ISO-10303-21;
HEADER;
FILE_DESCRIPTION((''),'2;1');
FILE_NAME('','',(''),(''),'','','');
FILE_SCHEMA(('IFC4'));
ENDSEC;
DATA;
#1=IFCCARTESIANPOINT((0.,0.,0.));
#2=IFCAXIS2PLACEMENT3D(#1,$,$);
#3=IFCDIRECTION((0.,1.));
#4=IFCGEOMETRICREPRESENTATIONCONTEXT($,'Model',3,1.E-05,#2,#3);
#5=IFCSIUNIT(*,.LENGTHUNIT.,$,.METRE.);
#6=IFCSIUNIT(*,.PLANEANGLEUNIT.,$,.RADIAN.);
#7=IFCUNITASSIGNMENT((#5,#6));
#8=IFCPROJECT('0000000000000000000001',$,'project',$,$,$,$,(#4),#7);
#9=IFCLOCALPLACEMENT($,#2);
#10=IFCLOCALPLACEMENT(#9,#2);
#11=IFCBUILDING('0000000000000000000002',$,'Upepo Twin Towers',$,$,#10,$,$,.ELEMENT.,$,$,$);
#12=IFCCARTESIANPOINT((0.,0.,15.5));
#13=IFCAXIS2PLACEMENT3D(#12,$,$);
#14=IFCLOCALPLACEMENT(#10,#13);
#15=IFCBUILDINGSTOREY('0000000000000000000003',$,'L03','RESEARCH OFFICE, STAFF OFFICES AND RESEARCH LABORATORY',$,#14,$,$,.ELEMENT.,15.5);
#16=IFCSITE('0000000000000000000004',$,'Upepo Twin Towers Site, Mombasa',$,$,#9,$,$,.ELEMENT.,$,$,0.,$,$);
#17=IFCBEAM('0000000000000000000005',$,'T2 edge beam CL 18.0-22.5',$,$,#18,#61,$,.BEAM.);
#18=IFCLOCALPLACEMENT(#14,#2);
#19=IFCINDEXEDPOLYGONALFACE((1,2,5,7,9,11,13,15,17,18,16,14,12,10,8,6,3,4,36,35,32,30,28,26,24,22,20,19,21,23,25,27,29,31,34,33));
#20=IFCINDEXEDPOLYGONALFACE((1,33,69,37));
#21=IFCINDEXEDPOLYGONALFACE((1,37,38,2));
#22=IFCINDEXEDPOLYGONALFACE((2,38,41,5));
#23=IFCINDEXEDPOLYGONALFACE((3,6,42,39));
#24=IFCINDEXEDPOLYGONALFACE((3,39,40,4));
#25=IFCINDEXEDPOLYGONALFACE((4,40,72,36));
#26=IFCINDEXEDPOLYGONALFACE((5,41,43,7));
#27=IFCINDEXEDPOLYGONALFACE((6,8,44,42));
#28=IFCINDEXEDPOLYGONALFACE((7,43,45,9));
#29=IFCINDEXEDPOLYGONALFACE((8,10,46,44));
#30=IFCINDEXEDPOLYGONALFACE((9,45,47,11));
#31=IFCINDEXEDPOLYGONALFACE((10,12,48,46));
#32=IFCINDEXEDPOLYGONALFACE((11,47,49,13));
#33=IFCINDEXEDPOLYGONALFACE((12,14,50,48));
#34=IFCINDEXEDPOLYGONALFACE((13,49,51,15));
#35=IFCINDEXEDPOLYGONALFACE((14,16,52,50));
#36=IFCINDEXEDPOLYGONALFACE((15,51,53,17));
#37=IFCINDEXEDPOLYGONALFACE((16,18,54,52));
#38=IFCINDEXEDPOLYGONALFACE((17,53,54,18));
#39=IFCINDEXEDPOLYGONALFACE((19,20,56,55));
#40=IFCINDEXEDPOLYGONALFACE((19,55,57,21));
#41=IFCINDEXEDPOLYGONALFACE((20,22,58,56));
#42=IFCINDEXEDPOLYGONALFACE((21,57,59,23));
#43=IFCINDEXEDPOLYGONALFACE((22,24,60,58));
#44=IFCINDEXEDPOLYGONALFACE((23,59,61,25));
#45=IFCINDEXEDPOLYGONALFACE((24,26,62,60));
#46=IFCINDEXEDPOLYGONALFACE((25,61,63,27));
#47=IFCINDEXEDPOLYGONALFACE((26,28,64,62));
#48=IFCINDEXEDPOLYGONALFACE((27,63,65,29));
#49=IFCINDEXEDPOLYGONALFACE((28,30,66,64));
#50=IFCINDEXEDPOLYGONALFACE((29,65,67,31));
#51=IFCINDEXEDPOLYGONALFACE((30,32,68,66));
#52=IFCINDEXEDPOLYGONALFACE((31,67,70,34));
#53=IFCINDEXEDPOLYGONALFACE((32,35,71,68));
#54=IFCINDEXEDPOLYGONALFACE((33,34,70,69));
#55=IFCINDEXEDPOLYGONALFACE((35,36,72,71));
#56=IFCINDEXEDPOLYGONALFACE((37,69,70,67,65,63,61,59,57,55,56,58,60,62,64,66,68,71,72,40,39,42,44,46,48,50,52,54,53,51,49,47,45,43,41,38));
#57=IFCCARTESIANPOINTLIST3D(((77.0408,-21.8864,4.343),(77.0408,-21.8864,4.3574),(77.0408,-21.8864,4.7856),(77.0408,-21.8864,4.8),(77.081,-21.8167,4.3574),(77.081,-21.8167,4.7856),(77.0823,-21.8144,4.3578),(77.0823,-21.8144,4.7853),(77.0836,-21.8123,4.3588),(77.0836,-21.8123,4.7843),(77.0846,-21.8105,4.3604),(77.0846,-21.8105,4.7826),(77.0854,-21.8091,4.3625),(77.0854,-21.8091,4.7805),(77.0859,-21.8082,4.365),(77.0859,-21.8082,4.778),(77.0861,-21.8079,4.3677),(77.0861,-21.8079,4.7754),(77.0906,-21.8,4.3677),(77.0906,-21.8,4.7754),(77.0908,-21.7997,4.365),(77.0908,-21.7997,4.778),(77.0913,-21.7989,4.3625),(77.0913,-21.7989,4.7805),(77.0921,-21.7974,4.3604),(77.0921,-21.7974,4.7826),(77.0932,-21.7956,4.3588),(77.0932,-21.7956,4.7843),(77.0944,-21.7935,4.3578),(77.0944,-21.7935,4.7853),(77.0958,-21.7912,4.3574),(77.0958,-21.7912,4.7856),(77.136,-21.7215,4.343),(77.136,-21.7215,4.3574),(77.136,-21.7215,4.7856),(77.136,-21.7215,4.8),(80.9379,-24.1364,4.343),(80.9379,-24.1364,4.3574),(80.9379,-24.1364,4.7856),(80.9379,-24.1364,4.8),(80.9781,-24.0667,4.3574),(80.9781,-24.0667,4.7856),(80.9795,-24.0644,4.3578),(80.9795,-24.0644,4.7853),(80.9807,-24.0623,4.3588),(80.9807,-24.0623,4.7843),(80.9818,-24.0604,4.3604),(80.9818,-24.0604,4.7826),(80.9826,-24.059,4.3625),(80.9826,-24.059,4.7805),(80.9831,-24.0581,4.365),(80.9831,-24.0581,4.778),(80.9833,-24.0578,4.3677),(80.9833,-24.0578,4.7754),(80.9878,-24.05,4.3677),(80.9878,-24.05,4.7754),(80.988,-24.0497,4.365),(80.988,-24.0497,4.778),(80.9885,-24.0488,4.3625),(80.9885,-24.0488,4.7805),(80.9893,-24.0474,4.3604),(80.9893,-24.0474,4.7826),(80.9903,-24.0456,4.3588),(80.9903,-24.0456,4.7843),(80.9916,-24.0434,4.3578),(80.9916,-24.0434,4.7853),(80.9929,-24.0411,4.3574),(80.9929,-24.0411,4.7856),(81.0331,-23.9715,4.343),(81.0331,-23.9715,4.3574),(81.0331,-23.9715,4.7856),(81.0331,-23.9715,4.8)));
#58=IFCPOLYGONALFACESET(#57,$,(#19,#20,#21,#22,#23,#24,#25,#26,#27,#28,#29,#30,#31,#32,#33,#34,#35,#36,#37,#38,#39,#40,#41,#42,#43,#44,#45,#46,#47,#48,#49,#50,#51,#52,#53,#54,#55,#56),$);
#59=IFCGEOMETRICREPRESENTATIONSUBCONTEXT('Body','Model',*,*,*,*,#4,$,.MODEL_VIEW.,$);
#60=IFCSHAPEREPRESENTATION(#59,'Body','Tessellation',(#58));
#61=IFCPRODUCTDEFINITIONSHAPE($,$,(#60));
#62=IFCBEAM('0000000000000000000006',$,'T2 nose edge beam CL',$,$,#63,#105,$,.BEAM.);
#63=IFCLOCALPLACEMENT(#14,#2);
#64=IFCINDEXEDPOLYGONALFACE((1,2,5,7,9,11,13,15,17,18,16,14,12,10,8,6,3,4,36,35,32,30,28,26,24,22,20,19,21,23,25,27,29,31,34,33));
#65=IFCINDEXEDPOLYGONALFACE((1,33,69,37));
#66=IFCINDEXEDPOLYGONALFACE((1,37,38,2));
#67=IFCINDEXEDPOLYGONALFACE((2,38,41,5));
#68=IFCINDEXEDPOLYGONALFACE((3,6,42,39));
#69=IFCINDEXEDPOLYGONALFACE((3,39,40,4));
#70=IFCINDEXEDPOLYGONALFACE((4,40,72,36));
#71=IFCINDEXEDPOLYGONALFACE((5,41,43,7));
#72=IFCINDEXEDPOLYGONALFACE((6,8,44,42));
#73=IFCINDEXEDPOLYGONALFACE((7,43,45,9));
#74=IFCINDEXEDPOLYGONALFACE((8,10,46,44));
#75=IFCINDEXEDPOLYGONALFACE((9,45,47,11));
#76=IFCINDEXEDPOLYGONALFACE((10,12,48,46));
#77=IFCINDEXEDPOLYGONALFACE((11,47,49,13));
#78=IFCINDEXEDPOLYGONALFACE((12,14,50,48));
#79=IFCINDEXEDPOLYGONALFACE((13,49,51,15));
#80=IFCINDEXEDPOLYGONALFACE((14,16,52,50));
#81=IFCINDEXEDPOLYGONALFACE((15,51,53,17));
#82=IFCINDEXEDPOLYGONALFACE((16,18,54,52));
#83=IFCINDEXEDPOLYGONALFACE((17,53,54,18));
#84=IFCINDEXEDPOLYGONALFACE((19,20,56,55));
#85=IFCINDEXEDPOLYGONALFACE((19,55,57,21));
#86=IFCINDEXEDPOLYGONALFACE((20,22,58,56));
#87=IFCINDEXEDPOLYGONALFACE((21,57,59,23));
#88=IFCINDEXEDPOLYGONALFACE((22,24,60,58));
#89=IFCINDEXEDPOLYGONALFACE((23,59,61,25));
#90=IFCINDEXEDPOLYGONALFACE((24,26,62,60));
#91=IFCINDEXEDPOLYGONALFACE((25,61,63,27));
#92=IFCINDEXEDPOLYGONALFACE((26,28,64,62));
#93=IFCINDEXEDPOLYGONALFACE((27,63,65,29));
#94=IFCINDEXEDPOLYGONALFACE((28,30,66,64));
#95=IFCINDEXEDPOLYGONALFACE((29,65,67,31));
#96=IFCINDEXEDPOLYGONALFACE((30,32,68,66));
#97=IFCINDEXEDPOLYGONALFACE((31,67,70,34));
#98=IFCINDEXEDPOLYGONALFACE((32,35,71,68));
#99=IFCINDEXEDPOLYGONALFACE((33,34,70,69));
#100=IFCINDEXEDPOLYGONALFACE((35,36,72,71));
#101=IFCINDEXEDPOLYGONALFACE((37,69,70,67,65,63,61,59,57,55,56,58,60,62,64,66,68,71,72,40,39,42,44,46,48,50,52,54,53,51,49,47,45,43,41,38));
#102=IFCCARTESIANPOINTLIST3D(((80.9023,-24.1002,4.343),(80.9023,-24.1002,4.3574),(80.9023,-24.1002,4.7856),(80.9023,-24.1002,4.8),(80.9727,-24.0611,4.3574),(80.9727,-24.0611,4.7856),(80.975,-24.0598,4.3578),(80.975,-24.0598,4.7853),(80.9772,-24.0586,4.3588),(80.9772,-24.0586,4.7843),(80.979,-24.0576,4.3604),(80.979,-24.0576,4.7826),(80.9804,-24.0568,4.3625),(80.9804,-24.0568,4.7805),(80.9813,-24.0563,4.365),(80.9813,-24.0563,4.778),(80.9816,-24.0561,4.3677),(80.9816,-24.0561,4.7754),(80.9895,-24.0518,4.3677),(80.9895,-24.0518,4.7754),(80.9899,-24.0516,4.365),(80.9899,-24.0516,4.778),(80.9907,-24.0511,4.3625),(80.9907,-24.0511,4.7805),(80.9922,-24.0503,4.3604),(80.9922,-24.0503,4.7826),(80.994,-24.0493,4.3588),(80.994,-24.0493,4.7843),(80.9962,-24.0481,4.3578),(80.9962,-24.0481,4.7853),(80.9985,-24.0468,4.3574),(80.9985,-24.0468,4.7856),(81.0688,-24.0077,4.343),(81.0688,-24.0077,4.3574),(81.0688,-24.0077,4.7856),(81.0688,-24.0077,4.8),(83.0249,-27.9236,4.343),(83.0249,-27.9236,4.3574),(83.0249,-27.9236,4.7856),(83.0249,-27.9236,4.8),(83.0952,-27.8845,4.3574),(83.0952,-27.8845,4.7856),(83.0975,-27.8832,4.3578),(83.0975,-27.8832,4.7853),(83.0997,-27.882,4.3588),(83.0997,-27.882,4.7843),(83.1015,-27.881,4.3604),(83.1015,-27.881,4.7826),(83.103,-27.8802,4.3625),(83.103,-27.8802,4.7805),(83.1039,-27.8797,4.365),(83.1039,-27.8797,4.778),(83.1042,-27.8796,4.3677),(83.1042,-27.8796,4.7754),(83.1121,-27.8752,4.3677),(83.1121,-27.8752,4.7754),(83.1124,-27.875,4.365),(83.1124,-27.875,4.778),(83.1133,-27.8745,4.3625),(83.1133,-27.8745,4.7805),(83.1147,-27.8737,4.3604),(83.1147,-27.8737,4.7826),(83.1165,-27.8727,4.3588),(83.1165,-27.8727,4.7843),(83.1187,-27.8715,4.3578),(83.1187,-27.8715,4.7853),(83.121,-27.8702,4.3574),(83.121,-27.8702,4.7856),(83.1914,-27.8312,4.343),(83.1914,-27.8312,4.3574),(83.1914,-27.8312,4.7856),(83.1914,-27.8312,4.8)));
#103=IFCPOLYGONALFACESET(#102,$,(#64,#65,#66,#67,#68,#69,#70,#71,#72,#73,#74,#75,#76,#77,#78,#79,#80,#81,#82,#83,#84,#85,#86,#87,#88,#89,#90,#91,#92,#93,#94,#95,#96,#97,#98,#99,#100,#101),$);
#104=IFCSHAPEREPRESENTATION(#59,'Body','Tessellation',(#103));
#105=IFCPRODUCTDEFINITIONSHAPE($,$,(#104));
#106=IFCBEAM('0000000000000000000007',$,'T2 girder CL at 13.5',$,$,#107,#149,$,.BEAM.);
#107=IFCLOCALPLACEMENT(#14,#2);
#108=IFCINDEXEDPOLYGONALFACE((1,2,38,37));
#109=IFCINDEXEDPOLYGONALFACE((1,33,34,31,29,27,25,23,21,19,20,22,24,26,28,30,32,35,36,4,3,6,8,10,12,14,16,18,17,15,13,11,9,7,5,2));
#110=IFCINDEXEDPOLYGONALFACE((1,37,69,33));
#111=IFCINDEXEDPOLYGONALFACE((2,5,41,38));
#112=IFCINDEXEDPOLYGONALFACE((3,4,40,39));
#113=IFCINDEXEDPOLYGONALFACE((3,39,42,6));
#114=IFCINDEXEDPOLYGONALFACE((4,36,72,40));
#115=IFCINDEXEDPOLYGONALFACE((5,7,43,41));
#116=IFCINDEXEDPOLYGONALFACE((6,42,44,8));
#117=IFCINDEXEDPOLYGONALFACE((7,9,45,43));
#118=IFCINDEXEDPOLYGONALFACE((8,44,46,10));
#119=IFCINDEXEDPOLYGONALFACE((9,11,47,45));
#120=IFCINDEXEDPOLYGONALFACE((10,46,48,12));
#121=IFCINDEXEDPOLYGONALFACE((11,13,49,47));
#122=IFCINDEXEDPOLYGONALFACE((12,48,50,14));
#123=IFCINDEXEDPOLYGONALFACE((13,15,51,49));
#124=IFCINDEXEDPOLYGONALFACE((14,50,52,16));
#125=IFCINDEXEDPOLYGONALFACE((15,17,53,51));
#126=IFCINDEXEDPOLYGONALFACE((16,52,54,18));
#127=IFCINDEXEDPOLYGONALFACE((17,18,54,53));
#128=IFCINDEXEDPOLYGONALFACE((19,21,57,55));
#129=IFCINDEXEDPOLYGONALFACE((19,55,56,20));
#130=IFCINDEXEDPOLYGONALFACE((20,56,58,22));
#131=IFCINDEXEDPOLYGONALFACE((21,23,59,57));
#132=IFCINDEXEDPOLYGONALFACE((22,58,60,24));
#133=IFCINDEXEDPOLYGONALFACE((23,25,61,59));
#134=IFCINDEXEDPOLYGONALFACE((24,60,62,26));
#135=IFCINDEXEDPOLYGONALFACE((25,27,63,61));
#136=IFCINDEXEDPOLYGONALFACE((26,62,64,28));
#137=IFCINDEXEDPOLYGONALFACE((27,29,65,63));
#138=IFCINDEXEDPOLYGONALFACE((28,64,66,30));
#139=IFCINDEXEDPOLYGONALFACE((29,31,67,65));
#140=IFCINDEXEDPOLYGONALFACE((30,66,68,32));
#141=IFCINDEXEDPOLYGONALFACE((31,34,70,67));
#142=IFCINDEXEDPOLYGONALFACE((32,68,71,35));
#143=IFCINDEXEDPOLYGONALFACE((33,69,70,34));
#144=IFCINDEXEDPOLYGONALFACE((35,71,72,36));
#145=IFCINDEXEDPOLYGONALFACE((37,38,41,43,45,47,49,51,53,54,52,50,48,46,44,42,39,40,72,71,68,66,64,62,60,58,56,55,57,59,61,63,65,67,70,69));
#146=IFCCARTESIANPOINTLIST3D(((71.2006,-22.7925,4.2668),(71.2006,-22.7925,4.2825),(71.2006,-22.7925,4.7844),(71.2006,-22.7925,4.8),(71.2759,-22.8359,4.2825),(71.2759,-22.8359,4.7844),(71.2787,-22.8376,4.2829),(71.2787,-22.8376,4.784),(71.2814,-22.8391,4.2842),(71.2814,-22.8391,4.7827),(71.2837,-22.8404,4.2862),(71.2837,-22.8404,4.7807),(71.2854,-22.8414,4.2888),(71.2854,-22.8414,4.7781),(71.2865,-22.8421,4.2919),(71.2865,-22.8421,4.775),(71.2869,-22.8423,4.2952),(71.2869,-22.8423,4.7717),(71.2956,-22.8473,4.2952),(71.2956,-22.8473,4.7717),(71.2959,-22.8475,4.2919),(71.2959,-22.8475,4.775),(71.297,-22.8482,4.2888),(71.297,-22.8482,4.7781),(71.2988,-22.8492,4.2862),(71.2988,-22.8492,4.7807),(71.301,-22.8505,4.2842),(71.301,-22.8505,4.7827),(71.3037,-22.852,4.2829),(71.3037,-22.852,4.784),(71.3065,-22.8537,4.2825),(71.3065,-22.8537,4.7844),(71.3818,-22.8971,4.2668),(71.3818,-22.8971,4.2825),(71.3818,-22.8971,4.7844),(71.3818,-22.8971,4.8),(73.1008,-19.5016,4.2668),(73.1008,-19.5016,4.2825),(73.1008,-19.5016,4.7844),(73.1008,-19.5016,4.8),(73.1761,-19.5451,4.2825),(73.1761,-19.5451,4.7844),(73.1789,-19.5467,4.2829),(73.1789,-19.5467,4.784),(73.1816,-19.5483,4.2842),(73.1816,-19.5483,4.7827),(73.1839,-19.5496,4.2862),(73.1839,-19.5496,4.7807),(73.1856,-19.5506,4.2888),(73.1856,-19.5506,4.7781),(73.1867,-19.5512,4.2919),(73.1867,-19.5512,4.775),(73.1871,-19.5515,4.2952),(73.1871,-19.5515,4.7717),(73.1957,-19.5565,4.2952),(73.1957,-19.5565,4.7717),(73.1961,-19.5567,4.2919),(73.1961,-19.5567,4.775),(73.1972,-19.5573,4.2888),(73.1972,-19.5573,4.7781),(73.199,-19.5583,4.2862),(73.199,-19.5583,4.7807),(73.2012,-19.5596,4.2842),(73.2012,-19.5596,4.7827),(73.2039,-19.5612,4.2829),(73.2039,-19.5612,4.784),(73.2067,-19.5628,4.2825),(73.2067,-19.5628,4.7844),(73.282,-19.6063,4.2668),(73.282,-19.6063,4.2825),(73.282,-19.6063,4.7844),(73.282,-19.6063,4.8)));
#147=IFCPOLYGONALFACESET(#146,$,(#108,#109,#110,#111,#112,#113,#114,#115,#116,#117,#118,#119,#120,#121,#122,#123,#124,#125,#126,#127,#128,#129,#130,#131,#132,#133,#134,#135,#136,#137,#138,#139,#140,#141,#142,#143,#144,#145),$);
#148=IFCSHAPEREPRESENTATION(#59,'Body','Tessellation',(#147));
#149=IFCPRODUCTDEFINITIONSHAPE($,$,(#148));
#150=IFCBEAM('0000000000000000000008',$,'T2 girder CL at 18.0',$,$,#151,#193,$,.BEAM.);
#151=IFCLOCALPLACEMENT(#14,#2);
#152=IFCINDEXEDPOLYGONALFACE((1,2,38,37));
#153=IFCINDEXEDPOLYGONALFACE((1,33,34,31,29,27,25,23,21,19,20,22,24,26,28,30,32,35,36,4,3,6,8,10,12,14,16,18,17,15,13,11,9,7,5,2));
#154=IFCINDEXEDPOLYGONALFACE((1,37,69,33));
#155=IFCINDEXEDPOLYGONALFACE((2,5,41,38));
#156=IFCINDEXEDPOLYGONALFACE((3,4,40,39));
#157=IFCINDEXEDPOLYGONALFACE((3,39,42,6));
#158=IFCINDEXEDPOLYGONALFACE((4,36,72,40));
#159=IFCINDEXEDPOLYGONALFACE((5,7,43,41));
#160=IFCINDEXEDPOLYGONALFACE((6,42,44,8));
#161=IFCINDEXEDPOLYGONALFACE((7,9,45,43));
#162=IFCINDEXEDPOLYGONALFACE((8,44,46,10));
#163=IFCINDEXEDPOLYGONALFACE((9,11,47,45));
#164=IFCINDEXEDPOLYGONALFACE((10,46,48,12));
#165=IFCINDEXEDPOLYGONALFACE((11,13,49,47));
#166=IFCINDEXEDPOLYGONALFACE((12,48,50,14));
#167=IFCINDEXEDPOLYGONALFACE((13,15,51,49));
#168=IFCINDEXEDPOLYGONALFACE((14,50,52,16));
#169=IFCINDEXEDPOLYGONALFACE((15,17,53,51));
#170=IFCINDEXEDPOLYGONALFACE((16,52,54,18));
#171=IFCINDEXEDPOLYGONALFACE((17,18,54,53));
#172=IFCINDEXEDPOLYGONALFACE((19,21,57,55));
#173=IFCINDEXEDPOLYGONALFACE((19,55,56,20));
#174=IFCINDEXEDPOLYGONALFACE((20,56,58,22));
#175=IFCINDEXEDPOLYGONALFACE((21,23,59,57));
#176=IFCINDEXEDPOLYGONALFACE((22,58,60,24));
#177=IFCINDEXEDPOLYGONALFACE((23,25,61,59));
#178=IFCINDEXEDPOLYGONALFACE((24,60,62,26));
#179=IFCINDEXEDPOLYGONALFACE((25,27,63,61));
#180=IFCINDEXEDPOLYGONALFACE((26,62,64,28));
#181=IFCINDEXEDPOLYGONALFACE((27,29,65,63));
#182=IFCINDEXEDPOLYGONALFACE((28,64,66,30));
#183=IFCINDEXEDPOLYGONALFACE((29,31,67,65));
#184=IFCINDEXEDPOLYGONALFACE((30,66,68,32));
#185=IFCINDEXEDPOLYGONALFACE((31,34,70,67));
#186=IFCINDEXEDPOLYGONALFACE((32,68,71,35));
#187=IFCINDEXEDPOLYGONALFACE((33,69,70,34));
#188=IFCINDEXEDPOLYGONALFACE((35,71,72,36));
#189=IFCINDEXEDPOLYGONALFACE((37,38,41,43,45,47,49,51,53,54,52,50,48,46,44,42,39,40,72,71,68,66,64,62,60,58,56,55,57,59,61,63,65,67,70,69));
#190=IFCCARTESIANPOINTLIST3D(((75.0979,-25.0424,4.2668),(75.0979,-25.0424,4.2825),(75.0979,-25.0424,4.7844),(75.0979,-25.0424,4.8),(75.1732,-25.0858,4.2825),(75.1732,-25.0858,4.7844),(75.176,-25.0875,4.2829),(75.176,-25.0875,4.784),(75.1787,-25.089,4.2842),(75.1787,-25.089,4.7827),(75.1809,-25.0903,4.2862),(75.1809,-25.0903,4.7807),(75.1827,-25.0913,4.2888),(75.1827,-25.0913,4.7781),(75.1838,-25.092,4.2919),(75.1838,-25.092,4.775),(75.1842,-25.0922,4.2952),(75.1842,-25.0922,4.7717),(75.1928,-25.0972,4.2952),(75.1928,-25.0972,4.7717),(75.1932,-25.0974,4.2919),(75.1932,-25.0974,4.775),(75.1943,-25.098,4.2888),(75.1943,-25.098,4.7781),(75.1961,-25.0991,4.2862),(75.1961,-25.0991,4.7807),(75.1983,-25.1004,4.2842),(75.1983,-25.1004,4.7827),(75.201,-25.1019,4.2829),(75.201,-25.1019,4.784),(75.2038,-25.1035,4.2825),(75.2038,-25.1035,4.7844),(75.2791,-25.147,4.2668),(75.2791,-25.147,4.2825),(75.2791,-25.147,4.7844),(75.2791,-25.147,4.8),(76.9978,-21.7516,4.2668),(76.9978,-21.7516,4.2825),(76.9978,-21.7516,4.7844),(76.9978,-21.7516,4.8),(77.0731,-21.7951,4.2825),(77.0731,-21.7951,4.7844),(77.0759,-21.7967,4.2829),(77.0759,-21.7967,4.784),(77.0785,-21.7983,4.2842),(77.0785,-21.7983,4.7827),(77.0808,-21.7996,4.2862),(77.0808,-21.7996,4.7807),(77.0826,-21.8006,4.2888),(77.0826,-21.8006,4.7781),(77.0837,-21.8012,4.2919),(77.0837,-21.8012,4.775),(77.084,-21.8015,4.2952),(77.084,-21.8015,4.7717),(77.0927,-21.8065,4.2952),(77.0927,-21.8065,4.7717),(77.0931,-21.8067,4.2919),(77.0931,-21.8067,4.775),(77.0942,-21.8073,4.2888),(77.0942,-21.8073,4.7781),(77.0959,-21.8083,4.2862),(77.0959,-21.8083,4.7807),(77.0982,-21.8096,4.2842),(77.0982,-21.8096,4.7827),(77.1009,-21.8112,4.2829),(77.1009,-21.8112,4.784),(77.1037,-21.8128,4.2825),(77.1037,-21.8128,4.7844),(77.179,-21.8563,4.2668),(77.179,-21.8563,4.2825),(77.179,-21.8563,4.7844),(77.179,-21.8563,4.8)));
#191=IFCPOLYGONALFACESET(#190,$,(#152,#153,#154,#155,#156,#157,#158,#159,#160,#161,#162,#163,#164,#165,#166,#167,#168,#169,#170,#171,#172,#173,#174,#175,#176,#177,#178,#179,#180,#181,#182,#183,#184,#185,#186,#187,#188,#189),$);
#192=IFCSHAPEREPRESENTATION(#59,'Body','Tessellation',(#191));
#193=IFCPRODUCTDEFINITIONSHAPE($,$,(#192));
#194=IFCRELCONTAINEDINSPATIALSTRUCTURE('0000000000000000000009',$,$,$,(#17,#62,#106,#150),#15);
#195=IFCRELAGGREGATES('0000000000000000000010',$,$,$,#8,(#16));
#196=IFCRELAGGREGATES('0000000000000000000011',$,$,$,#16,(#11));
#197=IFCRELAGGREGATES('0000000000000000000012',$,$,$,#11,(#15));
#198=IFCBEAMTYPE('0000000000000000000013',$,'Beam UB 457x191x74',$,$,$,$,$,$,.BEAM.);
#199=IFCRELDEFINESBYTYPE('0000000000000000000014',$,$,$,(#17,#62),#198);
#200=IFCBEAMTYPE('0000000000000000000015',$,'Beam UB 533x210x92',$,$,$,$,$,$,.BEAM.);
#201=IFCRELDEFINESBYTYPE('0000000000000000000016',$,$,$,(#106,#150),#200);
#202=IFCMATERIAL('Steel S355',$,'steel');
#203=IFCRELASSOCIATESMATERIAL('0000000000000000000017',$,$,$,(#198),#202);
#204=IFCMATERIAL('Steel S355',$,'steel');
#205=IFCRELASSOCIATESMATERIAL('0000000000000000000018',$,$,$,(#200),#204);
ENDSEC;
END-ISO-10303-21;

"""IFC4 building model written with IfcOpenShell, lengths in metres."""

from ifc_helpers import new_model, si_unit, direction, frame, origin, origin_2d, place, context, subcontext, project, spatial, i_section, extrude, material, material_profile, profile_set, type_object, element, save


model = new_model("IFC4")

# Units and contexts
model_context = context("Model", 3, precision=1e-05, world=origin(), true_north=direction((0.0, 1.0)))
body_context = subcontext(model_context, "Body", "Model", "MODEL_VIEW")
ifc_project = project(units=[si_unit("LENGTHUNIT", "METRE"), si_unit("PLANEANGLEUNIT", "RADIAN")], contexts=[model_context])

# Site, building, storey
site_placement = place(None, origin())
site = spatial("IfcSite", under=ifc_project, at=site_placement, Name="Upepo Twin Towers Site, Mombasa", CompositionType="ELEMENT", RefElevation=0.0)
building_placement = place(site_placement, origin())
building = spatial("IfcBuilding", under=site, at=building_placement, Name="Upepo Twin Towers", CompositionType="ELEMENT")
storey_placement = place(building_placement, frame((0.0, 0.0, 15.5)))
storey = spatial("IfcBuildingStorey", under=building, at=storey_placement, Name="L03", Description="RESEARCH OFFICE, STAFF OFFICES AND RESEARCH LABORATORY", CompositionType="ELEMENT", Elevation=15.5)

# Beams
ifc_material_1 = material(Name="Steel S355", Category="steel")
ifc_material_profile_1 = material_profile(ifc_material_1, i_section(OverallWidth=0.1904, OverallDepth=0.457, WebThickness=0.009, FlangeThickness=0.0144, FilletRadius=0.0103, at=origin_2d()), Name="UB 457x191x74")
ifc_profile_set_1 = profile_set([ifc_material_profile_1], Name="Steel S355")
beam_type_1 = type_object("IfcBeamType", Name="Beam UB 457x191x74", PredefinedType="BEAM", material=ifc_profile_set_1)
beam_1_placement = place(storey_placement, frame((77.0884, -21.804, 4.5715), z_axis=(0.866031, -0.49999, 0.0), x_axis=(0.49999, 0.866031, 0.0)))
element("IfcBeam", 1, at=beam_1_placement, inside=storey, type_object=beam_type_1, Name="T2 edge beam CL 18.0-22.5", PredefinedType="BEAM", context=body_context, shape_type="SweptSolid", body=[
    extrude(i_section(OverallWidth=0.1904, OverallDepth=0.457, WebThickness=0.009, FlangeThickness=0.0144, FilletRadius=0.0103, at=origin_2d()), origin(), (0.0, 0.0, 1.0), 4.5),
])
beam_2_placement = place(storey_placement, frame((80.9856, -24.054, 4.5715), z_axis=(0.485363, -0.874313, 0.0), x_axis=(0.874313, 0.485363, 0.0)))
element("IfcBeam", 2, at=beam_2_placement, inside=storey, type_object=beam_type_1, Name="T2 nose edge beam CL", PredefinedType="BEAM", context=body_context, shape_type="SweptSolid", body=[
    extrude(i_section(OverallWidth=0.1904, OverallDepth=0.457, WebThickness=0.009, FlangeThickness=0.0144, FilletRadius=0.0103, at=origin_2d()), origin(), (0.0, 0.0, 1.0), 4.373),
])
ifc_material_2 = material(Name="Steel S355", Category="steel")
ifc_material_profile_2 = material_profile(ifc_material_2, i_section(OverallWidth=0.2092, OverallDepth=0.5332, WebThickness=0.01, FlangeThickness=0.0156, FilletRadius=0.0127, at=origin_2d()), Name="UB 533x210x92")
ifc_profile_set_2 = profile_set([ifc_material_profile_2], Name="Steel S355")
beam_type_2 = type_object("IfcBeamType", Name="Beam UB 533x210x92", PredefinedType="BEAM", material=ifc_profile_set_2)
beam_3_placement = place(storey_placement, frame((73.1914, -19.554, 4.5334), z_axis=(-0.500043, -0.866, 0.0), x_axis=(0.866, -0.500043, 0.0)))
element("IfcBeam", 3, at=beam_3_placement, inside=storey, type_object=beam_type_2, Name="T2 girder CL at 13.5", PredefinedType="BEAM", context=body_context, shape_type="SweptSolid", body=[
    extrude(i_section(OverallWidth=0.2092, OverallDepth=0.5332, WebThickness=0.01, FlangeThickness=0.0156, FilletRadius=0.0127, at=origin_2d()), origin(), (0.0, 0.0, 1.0), 3.8),
])
for number, where, z_axis, x_axis, name in (
    (4, (77.0884, -21.804, 4.5334), (-0.499995, -0.866028, 0.0), (0.866028, -0.499995, 0.0), "T2 girder CL at 18.0"),
):
    element("IfcBeam", number, at=place(storey_placement, frame(where, z_axis=z_axis, x_axis=x_axis)), inside=storey, type_object=beam_type_2, Name=name, PredefinedType="BEAM", context=body_context, shape_type="SweptSolid", body=[
        extrude(i_section(OverallWidth=0.2092, OverallDepth=0.5332, WebThickness=0.01, FlangeThickness=0.0156, FilletRadius=0.0127, at=origin_2d()), origin(), (0.0, 0.0, 1.0), 3.7998),
    ])

save(model, "model.ifc")
